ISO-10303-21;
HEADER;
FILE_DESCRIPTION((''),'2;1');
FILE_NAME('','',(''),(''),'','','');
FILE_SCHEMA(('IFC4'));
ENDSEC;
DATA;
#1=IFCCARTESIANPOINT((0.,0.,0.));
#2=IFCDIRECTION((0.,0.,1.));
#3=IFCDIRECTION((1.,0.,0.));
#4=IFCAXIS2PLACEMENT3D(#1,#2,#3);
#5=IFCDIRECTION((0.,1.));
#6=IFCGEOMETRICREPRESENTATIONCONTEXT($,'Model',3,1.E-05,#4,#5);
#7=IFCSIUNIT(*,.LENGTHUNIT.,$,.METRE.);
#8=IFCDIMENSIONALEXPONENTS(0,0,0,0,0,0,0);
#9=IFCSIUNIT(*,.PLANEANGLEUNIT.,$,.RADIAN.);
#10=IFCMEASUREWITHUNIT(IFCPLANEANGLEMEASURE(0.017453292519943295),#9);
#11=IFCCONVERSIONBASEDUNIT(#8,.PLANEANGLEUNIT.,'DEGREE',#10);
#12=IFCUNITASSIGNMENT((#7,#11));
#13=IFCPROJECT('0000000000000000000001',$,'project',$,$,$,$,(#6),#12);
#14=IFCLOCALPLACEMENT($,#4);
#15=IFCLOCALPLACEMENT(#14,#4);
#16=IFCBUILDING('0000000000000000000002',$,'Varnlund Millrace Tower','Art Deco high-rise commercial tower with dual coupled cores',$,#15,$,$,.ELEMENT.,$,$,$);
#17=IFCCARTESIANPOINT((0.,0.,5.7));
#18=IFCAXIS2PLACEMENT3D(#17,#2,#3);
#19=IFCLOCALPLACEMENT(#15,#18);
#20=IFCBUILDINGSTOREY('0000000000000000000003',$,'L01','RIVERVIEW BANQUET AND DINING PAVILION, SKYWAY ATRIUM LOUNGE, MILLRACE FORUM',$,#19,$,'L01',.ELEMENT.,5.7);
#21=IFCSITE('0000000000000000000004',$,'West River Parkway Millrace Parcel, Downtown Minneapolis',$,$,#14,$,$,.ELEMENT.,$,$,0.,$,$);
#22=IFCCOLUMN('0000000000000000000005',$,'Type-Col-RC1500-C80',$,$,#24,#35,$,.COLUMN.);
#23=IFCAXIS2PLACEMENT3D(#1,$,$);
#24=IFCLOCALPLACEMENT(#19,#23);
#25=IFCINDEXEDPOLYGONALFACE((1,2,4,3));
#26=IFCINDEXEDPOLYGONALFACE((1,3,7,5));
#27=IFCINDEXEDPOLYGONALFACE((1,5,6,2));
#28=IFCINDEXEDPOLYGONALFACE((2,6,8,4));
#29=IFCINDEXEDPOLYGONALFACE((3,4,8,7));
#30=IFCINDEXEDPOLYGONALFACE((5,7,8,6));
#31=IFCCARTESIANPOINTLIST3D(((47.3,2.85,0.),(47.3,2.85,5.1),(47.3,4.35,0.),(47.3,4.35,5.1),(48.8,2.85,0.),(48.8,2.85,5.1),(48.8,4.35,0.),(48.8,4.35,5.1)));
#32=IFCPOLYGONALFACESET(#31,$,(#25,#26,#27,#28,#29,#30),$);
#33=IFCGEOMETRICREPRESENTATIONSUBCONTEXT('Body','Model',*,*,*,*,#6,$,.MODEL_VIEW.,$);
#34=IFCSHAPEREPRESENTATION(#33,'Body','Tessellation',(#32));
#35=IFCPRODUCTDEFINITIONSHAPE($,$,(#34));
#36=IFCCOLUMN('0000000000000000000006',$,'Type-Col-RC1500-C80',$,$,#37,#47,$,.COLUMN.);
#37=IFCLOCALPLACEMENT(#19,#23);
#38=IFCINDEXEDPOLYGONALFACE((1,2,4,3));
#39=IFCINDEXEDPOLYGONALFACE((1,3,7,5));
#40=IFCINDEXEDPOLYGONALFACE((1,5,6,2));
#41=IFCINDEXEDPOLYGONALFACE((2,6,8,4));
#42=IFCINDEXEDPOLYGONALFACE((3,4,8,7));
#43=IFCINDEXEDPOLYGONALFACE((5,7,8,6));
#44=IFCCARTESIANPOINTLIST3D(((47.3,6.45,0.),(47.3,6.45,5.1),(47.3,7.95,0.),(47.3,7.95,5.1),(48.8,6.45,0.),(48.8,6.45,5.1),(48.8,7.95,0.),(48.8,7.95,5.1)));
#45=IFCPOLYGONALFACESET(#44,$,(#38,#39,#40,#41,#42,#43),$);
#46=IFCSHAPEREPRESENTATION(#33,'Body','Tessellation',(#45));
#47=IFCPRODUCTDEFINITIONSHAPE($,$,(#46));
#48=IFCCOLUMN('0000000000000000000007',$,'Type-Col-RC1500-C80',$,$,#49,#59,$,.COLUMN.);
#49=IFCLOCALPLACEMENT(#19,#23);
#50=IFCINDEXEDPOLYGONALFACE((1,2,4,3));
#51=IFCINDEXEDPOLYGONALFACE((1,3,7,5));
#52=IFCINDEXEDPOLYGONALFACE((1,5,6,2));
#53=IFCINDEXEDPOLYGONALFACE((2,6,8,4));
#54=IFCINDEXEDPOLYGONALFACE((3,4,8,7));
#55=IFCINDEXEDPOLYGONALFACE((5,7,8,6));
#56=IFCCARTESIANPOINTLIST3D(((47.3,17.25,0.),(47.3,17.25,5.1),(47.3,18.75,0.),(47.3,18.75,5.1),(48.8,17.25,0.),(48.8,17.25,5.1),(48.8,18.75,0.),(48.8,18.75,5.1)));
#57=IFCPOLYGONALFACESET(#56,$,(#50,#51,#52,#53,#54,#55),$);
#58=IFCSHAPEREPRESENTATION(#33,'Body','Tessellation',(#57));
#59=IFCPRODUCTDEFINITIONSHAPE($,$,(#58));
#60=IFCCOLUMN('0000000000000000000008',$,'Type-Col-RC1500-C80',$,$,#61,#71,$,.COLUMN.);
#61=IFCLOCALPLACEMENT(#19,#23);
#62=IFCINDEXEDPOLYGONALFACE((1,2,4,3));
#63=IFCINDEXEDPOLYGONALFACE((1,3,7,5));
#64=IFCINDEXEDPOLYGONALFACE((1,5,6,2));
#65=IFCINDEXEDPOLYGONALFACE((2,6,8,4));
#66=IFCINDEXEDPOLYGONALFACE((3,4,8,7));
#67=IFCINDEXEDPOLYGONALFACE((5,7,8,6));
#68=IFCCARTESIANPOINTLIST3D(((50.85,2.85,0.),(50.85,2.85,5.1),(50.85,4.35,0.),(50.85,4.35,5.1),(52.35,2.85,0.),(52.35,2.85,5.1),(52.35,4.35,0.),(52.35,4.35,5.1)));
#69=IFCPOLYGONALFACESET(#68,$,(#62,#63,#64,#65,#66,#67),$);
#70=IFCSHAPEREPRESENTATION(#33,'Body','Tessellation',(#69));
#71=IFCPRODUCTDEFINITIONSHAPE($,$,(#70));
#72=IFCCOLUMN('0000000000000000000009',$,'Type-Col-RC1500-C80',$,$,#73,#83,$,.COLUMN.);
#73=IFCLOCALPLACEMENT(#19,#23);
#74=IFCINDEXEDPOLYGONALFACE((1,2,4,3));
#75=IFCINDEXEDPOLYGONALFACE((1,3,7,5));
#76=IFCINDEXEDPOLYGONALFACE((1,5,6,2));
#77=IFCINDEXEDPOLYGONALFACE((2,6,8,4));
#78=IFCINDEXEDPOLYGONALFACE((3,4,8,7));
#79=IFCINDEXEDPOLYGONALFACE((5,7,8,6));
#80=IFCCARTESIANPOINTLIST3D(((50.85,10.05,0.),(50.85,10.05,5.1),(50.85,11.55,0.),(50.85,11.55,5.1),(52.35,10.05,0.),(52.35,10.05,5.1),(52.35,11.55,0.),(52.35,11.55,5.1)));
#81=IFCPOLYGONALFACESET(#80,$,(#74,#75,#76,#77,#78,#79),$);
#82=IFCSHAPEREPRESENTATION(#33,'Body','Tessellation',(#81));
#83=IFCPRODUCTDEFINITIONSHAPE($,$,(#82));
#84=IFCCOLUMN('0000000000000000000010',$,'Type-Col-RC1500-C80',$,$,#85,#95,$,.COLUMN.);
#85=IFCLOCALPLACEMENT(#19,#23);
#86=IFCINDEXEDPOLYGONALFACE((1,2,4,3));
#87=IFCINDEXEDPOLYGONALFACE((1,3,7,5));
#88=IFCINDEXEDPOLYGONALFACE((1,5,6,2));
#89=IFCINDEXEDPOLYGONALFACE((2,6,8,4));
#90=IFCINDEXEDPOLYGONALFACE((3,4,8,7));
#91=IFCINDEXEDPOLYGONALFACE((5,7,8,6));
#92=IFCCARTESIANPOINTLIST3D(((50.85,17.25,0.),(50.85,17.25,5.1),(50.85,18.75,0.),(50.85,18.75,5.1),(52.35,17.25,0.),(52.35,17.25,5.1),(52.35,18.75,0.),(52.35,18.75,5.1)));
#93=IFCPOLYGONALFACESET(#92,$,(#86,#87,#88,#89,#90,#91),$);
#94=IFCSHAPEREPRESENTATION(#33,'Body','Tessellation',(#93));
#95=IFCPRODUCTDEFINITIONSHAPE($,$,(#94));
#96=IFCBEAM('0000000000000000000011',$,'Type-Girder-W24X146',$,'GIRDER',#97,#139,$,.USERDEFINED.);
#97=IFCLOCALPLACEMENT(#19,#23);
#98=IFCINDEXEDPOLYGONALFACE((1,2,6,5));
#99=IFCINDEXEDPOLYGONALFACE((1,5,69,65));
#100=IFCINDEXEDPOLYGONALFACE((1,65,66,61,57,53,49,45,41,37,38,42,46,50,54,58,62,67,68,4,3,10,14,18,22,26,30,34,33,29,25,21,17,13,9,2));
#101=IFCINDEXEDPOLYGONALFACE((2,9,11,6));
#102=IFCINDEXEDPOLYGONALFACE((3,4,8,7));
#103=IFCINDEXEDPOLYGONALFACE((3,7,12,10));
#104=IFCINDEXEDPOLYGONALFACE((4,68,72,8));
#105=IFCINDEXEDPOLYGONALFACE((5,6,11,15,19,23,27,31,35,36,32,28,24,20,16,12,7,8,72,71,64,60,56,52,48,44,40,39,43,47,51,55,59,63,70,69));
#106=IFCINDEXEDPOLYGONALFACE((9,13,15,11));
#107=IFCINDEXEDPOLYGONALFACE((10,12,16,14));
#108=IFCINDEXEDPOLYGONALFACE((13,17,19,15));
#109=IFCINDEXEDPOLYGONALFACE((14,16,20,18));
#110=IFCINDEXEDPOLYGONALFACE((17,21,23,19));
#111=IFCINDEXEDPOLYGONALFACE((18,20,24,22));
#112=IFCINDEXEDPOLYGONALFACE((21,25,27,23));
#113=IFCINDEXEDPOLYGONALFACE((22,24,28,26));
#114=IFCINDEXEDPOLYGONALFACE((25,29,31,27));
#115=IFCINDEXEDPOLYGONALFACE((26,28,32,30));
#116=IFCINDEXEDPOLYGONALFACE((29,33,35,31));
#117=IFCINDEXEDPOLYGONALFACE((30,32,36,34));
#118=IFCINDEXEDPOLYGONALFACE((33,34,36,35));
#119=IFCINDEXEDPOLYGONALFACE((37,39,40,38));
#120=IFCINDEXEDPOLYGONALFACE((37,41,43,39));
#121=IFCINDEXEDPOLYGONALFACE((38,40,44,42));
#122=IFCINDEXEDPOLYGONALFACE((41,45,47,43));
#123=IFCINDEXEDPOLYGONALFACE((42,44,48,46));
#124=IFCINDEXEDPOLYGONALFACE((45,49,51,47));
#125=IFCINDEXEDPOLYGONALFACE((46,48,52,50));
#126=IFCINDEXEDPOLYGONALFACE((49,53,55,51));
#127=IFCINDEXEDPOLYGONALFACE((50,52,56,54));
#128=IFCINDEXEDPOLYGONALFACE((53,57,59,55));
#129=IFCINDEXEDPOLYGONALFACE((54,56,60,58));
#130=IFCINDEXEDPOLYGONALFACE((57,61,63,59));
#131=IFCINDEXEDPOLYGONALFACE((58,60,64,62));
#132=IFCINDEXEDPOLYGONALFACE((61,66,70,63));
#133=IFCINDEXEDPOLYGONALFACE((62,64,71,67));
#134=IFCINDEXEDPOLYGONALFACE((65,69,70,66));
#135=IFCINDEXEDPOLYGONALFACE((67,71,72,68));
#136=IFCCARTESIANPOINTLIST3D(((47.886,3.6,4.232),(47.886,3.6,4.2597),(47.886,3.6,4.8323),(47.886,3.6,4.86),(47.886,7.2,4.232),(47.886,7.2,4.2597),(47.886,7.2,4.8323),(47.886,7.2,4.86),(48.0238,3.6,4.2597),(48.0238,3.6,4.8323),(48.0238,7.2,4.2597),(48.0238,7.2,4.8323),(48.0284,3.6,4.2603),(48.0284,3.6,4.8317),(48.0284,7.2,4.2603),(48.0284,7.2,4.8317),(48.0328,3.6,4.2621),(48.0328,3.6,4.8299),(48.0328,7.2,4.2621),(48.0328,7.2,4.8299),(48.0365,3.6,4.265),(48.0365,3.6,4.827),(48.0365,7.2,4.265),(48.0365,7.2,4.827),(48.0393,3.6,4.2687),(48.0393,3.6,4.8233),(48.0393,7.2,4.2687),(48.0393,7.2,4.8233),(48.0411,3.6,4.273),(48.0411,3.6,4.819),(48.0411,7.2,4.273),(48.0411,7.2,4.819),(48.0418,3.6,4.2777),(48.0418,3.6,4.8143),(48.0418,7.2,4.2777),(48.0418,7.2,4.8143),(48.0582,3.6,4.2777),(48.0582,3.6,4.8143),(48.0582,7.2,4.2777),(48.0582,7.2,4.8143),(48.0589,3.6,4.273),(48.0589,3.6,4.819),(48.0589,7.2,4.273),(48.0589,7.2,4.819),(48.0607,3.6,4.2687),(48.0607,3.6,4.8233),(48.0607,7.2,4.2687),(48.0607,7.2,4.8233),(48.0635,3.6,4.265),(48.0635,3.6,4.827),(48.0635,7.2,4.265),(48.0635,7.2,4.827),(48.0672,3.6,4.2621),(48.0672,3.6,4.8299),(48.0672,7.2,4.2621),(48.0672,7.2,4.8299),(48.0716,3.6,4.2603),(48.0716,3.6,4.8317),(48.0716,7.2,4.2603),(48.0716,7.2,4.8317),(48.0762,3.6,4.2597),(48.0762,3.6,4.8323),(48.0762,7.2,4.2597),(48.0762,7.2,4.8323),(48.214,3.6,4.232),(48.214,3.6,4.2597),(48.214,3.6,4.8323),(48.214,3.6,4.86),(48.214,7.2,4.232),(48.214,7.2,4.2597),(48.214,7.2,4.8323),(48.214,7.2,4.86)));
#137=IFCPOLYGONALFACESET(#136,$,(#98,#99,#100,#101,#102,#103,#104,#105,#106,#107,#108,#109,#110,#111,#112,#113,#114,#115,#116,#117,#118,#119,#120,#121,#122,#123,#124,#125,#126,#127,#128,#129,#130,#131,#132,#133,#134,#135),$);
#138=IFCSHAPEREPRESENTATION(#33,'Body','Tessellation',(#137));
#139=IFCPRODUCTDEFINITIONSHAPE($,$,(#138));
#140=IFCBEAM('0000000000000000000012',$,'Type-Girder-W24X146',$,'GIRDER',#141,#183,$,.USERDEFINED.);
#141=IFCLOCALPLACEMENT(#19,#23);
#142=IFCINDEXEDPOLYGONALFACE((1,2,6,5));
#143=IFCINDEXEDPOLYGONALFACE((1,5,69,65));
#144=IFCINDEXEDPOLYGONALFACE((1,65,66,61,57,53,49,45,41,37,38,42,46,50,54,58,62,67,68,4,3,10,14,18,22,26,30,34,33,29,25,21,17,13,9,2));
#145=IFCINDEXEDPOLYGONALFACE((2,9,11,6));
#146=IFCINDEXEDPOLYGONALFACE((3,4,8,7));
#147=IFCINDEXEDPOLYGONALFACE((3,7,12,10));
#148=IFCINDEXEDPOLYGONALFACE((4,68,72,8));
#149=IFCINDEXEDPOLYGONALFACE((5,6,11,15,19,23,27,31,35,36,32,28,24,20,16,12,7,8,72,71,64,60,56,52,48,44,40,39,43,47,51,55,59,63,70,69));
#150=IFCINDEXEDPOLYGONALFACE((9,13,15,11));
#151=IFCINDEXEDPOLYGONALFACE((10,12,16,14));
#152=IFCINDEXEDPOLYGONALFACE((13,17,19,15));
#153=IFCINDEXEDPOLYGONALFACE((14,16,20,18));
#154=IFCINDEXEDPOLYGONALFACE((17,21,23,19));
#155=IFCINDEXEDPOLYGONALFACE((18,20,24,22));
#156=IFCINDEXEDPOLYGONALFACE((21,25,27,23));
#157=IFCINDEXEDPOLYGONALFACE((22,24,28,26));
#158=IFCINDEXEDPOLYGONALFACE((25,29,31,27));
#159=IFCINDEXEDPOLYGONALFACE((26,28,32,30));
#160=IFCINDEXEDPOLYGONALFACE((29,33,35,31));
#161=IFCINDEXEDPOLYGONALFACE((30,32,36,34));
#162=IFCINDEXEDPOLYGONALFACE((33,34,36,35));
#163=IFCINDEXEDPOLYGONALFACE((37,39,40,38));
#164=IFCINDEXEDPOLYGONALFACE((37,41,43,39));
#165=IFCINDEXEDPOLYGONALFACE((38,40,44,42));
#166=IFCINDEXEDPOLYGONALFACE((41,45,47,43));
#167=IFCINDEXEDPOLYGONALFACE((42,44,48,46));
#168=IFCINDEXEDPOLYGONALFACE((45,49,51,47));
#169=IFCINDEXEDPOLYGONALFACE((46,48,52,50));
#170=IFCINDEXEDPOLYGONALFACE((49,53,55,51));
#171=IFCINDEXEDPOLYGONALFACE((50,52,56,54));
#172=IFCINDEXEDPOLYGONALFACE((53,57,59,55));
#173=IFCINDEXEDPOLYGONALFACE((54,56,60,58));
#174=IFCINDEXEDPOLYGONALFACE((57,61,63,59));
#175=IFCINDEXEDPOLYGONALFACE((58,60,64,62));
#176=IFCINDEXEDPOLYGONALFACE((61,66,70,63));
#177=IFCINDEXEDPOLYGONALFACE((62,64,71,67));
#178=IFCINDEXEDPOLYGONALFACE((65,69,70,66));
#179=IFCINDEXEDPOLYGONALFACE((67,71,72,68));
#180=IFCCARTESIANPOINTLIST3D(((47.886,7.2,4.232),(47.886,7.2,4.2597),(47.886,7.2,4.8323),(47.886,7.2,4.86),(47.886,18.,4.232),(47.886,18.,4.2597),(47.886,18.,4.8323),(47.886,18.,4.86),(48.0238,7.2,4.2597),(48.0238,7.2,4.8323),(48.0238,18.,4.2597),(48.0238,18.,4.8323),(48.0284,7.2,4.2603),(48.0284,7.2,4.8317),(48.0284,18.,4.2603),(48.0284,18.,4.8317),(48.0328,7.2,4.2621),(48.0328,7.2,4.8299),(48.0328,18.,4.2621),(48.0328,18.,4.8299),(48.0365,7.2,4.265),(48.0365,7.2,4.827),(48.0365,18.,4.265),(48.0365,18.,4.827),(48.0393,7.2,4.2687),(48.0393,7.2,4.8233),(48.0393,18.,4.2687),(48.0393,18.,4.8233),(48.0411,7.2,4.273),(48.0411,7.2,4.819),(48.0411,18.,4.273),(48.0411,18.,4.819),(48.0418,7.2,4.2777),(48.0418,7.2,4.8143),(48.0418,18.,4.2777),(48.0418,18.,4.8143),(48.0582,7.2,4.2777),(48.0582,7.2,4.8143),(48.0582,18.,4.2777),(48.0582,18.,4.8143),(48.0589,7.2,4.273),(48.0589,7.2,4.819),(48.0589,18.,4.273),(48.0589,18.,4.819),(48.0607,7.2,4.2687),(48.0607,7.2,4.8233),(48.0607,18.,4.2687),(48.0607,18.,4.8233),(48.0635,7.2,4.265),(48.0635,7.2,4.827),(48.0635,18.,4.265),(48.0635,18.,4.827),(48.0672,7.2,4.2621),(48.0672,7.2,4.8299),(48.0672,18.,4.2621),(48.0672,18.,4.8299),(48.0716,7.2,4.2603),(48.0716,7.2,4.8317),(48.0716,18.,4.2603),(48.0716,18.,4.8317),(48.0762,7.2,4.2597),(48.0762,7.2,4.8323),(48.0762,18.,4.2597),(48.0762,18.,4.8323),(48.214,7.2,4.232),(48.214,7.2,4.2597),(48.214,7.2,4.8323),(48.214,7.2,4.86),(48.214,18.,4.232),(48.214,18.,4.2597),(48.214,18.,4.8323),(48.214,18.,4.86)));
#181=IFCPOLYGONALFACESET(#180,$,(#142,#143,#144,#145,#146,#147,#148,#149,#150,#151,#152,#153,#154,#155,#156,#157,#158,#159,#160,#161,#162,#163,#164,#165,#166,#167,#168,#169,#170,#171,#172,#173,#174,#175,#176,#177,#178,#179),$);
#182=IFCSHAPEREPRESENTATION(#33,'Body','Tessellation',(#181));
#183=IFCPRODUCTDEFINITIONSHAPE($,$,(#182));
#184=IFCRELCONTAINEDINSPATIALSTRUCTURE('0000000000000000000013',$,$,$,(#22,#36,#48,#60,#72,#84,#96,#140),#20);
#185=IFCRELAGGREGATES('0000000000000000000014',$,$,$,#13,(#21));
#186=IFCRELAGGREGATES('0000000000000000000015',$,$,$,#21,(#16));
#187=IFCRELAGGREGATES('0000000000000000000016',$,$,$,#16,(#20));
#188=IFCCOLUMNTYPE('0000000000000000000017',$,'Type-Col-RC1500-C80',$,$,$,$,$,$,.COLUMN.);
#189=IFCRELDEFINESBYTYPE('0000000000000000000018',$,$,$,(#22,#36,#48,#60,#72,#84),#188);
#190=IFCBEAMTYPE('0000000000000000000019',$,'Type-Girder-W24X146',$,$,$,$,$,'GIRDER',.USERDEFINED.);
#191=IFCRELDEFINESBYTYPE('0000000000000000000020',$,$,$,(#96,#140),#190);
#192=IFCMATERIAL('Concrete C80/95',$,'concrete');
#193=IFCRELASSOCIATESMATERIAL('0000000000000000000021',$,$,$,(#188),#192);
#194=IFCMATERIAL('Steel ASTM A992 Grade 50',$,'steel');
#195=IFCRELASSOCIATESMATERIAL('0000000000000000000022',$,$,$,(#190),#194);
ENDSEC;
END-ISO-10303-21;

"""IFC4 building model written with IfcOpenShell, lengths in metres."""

from ifc_helpers import new_model, entity, si_unit, converted_unit, direction, frame, origin_with_axes, origin_2d_with_axis, place, context, subcontext, project, spatial, rectangle, i_section, extrude, material, material_profile, profile_set, type_object, element, save


model = new_model("IFC4")

# Units and contexts
model_context = context("Model", 3, precision=1e-05, world=origin_with_axes(), true_north=direction((0.0, 1.0)))
body_context = subcontext(model_context, "Body", "Model", "MODEL_VIEW")
ifc_project = project(units=[si_unit("LENGTHUNIT", "METRE"), converted_unit("PLANEANGLEUNIT", "DEGREE", entity("IfcPlaneAngleMeasure", 0.017453292519943295), si_unit("PLANEANGLEUNIT", "RADIAN"), dimensions=[0, 0, 0, 0, 0, 0, 0])], contexts=[model_context])

# Site, building, storey
site_placement = place(None, origin_with_axes())
site = spatial("IfcSite", under=ifc_project, at=site_placement, Name="West River Parkway Millrace Parcel, Downtown Minneapolis", CompositionType="ELEMENT", RefElevation=0.0)
building_placement = place(site_placement, origin_with_axes())
building = spatial("IfcBuilding", under=site, at=building_placement, Name="Varnlund Millrace Tower", Description="Art Deco high-rise commercial tower with dual coupled cores", CompositionType="ELEMENT")
storey_placement = place(building_placement, frame((0.0, 0.0, 5.7), z_axis=(0.0, 0.0, 1.0), x_axis=(1.0, 0.0, 0.0)))
storey = spatial("IfcBuildingStorey", under=building, at=storey_placement, Name="L01", Description="RIVERVIEW BANQUET AND DINING PAVILION, SKYWAY ATRIUM LOUNGE, MILLRACE FORUM", LongName="L01", CompositionType="ELEMENT", Elevation=5.7)

# Columns
ifc_material_1 = material(Name="Concrete C80/95", Category="concrete")
ifc_material_profile_1 = material_profile(ifc_material_1, rectangle(XDim=1.5, YDim=1.5, at=origin_2d_with_axis()), Name="Concrete C80/95")
ifc_profile_set_1 = profile_set([ifc_material_profile_1], Name="Concrete C80/95")
column_type = type_object("IfcColumnType", Name="Type-Col-RC1500-C80", PredefinedType="COLUMN", material=ifc_profile_set_1)
for number, where, z_axis, x_axis, name in (
    (1, (48.05, 3.6, 0.0), (0.0, 0.0, 1.0), (1.0, 0.0, 0.0), "Type-Col-RC1500-C80"),
    (2, (48.05, 7.2, 0.0), (0.0, 0.0, 1.0), (1.0, 0.0, 0.0), "Type-Col-RC1500-C80"),
    (3, (48.05, 18.0, 0.0), (0.0, 0.0, 1.0), (1.0, 0.0, 0.0), "Type-Col-RC1500-C80"),
    (4, (51.6, 3.6, 0.0), (0.0, 0.0, 1.0), (1.0, 0.0, 0.0), "Type-Col-RC1500-C80"),
    (5, (51.6, 10.8, 0.0), (0.0, 0.0, 1.0), (1.0, 0.0, 0.0), "Type-Col-RC1500-C80"),
    (6, (51.6, 18.0, 0.0), (0.0, 0.0, 1.0), (1.0, 0.0, 0.0), "Type-Col-RC1500-C80"),
):
    element("IfcColumn", number, at=place(storey_placement, frame(where, z_axis=z_axis, x_axis=x_axis)), inside=storey, type_object=column_type, Name=name, PredefinedType="COLUMN", context=body_context, shape_type="SweptSolid", body=[
        extrude(rectangle(XDim=1.5, YDim=1.5, at=origin_2d_with_axis()), origin_with_axes(), (0.0, 0.0, 1.0), 5.1),
    ])

# Beams
ifc_material_2 = material(Name="Steel ASTM A992 Grade 50", Category="steel")
ifc_material_profile_2 = material_profile(ifc_material_2, i_section(OverallWidth=0.328, OverallDepth=0.628, WebThickness=0.0165, FlangeThickness=0.0277, FilletRadius=0.018, at=origin_2d_with_axis()), Name="Steel ASTM A992 Grade 50")
ifc_profile_set_2 = profile_set([ifc_material_profile_2], Name="Steel ASTM A992 Grade 50")
beam_type_1 = type_object("IfcBeamType", Name="Type-Girder-W24X146", ElementType="GIRDER", PredefinedType="USERDEFINED", material=ifc_profile_set_2)
beam_1_placement = place(storey_placement, frame((48.05, 3.6, 4.546), z_axis=(0.0, 1.0, 0.0), x_axis=(-1.0, 0.0, 0.0)))
element("IfcBeam", 7, at=beam_1_placement, inside=storey, type_object=beam_type_1, Name="Type-Girder-W24X146", ObjectType="GIRDER", PredefinedType="USERDEFINED", context=body_context, shape_type="SweptSolid", body=[
    extrude(i_section(OverallWidth=0.328, OverallDepth=0.628, WebThickness=0.0165, FlangeThickness=0.0277, FilletRadius=0.018, at=origin_2d_with_axis()), origin_with_axes(), (0.0, 0.0, 1.0), 3.6),
])
beam_2_placement = place(storey_placement, frame((48.05, 7.2, 4.546), z_axis=(0.0, 1.0, 0.0), x_axis=(-1.0, 0.0, 0.0)))
element("IfcBeam", 8, at=beam_2_placement, inside=storey, type_object=beam_type_1, Name="Type-Girder-W24X146", ObjectType="GIRDER", PredefinedType="USERDEFINED", context=body_context, shape_type="SweptSolid", body=[
    extrude(i_section(OverallWidth=0.328, OverallDepth=0.628, WebThickness=0.0165, FlangeThickness=0.0277, FilletRadius=0.018, at=origin_2d_with_axis()), origin_with_axes(), (0.0, 0.0, 1.0), 10.8),
])

save(model, "model.ifc")
